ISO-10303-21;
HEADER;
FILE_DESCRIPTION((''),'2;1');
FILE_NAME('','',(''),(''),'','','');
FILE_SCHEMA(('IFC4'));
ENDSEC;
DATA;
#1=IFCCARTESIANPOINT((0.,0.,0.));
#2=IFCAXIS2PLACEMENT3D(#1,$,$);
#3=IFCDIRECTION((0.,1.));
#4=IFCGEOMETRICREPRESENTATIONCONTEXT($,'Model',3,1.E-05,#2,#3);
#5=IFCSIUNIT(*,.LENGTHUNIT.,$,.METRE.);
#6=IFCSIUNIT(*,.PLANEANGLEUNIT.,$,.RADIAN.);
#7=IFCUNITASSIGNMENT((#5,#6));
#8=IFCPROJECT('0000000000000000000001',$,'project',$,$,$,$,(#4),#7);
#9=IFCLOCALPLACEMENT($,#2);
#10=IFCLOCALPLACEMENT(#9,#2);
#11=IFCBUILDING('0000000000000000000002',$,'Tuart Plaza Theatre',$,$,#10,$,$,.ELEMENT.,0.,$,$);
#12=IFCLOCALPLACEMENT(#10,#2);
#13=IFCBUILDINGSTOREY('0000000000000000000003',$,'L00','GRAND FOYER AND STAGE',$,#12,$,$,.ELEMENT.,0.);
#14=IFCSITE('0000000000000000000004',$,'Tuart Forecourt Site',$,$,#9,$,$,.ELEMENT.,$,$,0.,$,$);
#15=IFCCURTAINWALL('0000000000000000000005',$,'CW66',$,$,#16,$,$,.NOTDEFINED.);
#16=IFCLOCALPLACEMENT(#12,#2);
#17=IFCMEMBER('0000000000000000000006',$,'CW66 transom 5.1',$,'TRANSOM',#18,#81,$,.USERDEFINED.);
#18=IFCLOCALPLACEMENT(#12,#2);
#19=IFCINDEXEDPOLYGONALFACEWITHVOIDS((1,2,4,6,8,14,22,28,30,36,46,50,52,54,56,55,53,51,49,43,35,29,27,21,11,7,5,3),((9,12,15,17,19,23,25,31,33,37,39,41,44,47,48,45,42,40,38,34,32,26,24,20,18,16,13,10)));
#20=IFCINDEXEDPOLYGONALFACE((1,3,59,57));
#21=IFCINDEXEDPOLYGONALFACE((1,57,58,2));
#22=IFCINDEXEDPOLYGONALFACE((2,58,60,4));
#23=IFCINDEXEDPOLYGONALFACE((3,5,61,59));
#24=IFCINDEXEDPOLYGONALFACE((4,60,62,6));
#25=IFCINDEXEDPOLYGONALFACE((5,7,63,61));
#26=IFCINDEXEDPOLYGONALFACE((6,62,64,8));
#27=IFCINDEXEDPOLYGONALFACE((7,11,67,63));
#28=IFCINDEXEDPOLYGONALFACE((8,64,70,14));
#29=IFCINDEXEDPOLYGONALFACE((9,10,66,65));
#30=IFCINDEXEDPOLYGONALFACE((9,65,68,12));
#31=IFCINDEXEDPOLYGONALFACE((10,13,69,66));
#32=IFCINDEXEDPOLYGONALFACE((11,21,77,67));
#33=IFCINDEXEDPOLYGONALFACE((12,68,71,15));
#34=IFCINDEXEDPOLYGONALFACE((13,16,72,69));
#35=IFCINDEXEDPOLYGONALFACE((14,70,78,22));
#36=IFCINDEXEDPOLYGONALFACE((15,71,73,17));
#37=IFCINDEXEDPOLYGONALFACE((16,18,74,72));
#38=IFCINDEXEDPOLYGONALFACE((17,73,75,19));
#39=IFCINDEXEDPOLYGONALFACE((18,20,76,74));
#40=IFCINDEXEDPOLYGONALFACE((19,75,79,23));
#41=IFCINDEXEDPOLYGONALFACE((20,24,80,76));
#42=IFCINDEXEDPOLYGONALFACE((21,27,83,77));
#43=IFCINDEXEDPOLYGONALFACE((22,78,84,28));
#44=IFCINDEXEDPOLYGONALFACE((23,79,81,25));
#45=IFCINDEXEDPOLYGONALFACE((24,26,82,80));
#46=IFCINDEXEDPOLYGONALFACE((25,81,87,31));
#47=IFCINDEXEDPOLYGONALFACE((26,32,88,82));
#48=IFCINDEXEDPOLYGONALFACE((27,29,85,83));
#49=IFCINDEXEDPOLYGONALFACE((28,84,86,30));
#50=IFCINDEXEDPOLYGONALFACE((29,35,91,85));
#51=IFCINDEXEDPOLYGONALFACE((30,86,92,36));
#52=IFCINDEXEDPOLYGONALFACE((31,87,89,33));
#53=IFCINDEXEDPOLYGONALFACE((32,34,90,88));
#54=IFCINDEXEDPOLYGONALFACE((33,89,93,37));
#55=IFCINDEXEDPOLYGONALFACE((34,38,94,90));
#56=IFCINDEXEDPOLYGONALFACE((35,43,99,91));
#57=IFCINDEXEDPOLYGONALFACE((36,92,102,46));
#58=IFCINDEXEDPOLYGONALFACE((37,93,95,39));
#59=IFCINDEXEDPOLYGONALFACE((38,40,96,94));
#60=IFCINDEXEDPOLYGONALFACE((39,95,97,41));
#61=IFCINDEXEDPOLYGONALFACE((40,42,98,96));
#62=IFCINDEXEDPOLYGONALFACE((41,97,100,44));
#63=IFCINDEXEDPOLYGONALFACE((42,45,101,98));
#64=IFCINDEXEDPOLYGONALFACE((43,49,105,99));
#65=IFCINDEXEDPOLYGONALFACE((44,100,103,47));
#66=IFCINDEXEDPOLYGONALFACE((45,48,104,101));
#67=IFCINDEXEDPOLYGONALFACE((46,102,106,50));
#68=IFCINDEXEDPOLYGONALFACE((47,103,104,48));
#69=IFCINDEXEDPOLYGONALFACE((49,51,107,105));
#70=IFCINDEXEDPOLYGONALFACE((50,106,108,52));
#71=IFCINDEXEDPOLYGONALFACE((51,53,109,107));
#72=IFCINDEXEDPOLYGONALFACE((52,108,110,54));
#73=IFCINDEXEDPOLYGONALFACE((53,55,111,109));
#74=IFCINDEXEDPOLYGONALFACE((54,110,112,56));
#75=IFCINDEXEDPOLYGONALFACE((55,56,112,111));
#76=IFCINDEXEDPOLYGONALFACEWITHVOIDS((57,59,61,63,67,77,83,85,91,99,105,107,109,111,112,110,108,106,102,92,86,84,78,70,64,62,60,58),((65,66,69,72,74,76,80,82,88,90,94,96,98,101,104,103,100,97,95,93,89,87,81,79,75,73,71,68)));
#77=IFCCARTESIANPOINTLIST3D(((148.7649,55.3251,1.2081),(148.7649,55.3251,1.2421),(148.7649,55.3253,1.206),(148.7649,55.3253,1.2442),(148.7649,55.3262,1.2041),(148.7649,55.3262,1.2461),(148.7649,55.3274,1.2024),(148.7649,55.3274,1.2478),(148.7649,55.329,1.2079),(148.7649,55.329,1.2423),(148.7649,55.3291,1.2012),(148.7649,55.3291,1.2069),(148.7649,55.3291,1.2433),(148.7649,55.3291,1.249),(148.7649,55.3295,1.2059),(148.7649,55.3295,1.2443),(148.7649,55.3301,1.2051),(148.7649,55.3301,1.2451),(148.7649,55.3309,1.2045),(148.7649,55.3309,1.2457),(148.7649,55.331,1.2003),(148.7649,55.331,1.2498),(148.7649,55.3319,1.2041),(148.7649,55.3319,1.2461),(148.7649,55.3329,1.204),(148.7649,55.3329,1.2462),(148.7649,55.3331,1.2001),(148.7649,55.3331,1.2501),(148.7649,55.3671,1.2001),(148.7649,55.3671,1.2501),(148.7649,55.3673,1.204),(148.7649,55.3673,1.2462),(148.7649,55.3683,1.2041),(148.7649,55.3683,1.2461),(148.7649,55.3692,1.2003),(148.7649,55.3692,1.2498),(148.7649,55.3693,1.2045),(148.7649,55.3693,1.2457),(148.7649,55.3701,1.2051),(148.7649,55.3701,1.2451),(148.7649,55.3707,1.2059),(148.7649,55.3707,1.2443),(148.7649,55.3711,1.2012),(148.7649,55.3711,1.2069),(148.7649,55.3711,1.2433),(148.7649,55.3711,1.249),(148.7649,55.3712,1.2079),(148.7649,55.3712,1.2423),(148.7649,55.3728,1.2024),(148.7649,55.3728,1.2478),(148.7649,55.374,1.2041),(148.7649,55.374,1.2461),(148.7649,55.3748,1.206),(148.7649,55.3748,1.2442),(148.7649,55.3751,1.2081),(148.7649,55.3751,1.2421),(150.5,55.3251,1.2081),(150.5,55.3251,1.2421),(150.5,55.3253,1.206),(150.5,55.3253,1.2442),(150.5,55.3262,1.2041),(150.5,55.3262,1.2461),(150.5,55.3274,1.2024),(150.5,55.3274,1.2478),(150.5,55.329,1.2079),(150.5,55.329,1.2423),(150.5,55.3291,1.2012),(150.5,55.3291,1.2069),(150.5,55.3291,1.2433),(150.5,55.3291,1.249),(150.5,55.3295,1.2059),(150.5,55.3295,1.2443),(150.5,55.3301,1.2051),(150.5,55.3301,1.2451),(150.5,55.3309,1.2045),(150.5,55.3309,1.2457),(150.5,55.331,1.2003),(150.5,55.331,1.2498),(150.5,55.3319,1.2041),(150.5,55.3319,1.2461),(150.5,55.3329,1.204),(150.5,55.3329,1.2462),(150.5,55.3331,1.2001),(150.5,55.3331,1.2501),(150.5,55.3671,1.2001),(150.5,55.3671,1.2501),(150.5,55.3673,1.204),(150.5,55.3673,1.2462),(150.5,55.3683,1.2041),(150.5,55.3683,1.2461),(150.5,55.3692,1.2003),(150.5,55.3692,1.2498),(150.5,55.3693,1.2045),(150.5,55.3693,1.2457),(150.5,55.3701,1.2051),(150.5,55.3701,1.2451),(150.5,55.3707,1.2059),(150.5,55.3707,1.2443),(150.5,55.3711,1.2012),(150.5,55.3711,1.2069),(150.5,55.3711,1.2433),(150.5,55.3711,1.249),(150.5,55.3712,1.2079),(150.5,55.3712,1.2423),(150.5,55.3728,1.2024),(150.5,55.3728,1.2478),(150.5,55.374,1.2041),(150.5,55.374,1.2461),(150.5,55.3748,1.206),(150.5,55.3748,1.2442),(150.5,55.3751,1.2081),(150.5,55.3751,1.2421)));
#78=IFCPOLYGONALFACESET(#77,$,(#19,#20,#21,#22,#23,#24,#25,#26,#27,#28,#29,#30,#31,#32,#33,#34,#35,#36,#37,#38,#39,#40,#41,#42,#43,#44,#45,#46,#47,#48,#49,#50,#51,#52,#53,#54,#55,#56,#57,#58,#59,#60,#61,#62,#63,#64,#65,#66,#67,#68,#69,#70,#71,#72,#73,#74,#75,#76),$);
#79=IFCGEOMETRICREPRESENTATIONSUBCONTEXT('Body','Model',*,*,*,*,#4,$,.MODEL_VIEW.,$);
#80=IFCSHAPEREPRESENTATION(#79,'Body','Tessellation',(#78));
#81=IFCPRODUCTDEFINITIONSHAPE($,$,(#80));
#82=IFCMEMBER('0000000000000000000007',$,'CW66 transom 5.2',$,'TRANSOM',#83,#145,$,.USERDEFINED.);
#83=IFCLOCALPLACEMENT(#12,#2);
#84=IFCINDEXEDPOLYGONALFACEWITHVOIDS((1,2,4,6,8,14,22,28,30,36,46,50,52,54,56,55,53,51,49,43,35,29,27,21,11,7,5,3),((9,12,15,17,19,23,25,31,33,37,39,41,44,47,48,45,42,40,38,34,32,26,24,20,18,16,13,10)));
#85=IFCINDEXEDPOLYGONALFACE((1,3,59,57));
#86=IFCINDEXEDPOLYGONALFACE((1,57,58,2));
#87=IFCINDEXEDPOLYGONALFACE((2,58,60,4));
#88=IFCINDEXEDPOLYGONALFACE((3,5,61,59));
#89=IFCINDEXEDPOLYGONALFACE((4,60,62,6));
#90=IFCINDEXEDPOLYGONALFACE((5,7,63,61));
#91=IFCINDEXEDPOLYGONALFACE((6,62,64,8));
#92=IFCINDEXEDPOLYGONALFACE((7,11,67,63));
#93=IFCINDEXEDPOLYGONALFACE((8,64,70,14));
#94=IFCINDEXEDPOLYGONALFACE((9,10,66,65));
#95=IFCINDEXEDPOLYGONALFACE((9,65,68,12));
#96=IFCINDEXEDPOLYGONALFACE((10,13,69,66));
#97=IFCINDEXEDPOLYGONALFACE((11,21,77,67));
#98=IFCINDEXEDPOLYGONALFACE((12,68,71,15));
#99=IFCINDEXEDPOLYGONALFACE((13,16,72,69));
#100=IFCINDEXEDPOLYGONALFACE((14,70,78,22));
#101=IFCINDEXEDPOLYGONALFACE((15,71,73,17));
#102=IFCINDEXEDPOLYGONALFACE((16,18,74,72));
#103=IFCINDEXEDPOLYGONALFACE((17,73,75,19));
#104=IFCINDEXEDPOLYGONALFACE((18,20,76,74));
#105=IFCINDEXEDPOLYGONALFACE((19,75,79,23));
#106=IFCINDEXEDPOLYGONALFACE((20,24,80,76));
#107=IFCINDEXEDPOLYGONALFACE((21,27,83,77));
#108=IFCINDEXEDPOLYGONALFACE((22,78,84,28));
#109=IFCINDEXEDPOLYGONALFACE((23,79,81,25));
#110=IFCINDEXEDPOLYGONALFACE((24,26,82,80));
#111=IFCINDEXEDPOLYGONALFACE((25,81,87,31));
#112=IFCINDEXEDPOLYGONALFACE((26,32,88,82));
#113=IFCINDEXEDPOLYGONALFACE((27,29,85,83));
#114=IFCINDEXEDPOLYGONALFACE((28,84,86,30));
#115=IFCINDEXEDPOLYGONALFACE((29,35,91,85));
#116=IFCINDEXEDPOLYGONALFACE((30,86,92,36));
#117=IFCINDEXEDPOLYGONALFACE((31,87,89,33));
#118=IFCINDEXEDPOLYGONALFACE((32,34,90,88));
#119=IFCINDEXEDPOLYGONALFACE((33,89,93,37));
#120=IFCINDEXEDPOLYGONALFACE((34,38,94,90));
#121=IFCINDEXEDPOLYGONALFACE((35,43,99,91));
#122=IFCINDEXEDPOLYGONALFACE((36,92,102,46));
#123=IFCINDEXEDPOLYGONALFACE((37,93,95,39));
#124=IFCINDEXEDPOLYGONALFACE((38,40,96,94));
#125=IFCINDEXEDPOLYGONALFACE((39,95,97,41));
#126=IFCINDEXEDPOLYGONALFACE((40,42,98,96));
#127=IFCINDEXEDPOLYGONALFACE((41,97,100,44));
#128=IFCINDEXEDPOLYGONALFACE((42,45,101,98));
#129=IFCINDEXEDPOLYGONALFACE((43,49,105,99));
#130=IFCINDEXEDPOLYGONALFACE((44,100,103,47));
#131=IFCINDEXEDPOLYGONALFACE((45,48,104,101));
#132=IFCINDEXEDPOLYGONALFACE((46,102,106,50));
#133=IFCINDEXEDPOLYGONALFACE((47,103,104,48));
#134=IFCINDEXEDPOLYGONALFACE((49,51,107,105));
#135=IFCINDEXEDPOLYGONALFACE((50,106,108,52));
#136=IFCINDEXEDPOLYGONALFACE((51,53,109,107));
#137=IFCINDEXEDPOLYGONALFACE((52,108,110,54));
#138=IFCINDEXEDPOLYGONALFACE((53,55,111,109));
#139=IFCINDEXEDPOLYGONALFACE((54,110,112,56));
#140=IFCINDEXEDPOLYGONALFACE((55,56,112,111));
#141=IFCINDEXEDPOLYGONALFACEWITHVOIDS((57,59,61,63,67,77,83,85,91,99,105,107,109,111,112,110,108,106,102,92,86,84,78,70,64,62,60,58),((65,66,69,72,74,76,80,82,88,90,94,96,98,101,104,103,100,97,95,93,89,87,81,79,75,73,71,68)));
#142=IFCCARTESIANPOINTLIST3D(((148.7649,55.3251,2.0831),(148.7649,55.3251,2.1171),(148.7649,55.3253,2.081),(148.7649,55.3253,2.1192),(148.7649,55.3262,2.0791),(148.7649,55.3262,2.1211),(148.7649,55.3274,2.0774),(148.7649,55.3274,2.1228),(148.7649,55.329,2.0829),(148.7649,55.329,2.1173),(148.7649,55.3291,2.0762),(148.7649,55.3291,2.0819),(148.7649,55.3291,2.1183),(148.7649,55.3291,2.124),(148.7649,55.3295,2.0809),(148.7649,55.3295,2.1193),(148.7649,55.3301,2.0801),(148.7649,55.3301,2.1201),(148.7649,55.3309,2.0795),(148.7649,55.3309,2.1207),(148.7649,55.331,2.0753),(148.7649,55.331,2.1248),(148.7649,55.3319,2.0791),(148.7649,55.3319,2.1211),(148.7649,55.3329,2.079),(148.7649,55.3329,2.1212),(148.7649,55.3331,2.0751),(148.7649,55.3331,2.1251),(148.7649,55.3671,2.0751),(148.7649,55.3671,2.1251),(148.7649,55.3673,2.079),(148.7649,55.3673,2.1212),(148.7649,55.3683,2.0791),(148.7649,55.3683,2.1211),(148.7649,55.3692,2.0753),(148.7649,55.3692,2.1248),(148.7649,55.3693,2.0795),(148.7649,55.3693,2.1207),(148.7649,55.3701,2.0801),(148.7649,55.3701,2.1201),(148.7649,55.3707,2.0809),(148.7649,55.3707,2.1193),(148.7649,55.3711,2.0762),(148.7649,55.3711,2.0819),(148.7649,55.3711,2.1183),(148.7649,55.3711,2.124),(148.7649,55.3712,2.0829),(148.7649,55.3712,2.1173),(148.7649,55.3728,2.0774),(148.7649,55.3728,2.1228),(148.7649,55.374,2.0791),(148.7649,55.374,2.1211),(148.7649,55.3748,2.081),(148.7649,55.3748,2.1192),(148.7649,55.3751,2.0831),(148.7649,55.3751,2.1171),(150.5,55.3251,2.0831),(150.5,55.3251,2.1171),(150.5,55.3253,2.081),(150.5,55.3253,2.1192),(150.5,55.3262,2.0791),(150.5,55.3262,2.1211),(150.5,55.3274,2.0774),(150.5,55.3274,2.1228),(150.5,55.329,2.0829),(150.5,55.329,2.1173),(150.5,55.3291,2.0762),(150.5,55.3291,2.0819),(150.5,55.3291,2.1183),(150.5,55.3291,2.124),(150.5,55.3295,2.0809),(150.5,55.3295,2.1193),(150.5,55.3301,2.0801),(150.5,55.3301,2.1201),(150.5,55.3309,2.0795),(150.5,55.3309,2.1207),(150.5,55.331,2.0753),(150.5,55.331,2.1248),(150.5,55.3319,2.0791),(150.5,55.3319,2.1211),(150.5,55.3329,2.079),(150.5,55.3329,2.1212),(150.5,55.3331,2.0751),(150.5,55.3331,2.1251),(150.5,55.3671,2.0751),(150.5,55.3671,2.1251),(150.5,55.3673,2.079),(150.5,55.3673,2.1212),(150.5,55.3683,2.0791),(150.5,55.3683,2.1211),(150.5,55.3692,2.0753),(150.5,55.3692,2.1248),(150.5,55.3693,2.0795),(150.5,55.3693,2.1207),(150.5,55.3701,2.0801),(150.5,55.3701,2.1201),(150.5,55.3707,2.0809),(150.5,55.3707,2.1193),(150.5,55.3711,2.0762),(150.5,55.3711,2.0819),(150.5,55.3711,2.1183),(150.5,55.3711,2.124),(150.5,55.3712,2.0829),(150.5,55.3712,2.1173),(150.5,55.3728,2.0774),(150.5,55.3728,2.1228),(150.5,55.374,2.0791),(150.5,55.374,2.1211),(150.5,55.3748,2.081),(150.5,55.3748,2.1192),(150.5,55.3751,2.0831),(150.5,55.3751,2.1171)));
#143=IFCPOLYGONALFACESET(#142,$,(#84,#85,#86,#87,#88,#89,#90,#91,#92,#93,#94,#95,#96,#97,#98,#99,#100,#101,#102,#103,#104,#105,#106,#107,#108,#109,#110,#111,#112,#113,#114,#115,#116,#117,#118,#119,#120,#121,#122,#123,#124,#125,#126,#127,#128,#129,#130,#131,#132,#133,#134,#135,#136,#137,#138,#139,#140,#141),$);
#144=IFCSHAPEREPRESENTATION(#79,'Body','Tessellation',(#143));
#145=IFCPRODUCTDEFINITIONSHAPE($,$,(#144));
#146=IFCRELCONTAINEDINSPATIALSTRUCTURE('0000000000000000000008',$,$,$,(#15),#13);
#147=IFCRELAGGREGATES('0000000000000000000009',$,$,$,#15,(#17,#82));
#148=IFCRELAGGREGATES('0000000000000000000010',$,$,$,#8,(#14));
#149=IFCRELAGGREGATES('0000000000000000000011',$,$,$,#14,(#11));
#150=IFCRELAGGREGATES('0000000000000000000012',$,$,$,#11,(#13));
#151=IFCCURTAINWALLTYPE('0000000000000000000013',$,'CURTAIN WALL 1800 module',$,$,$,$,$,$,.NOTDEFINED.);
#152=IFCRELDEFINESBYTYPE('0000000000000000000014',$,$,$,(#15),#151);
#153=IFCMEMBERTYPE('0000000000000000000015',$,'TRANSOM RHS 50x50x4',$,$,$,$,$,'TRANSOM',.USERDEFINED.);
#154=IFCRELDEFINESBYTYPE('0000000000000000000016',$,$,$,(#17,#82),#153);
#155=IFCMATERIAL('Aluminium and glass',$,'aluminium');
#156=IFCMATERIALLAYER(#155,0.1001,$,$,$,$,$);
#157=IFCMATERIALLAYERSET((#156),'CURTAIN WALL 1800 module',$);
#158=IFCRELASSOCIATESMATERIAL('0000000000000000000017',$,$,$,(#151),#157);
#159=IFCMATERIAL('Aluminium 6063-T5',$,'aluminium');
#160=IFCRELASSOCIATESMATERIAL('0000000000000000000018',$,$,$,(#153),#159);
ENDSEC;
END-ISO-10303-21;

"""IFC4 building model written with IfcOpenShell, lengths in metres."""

from ifc_helpers import new_model, si_unit, direction, frame, origin, origin_2d, place, context, subcontext, project, spatial, hollow_rectangle, extrude, material, layer, layer_set, material_profile, profile_set, type_object, element, aggregate, save


model = new_model("IFC4")

# Units and contexts
model_context = context("Model", 3, precision=1e-05, world=origin(), true_north=direction((0.0, 1.0)))
body_context = subcontext(model_context, "Body", "Model", "MODEL_VIEW")
ifc_project = project(units=[si_unit("LENGTHUNIT", "METRE"), si_unit("PLANEANGLEUNIT", "RADIAN")], contexts=[model_context])

# Site, building, storey
site_placement = place(None, origin())
site = spatial("IfcSite", under=ifc_project, at=site_placement, Name="Tuart Forecourt Site", CompositionType="ELEMENT", RefElevation=0.0)
building_placement = place(site_placement, origin())
building = spatial("IfcBuilding", under=site, at=building_placement, Name="Tuart Plaza Theatre", CompositionType="ELEMENT", ElevationOfRefHeight=0.0)
storey_placement = place(building_placement, origin())
storey = spatial("IfcBuildingStorey", under=building, at=storey_placement, Name="L00", Description="GRAND FOYER AND STAGE", CompositionType="ELEMENT", Elevation=0.0)

# Curtain wall, members
ifc_material_1 = material(Name="Aluminium and glass", Category="aluminium")
ifc_layer_1 = layer(ifc_material_1, 0.1001)
ifc_layer_set_1 = layer_set([ifc_layer_1], Name="CURTAIN WALL 1800 module")
curtain_wall_type = type_object("IfcCurtainWallType", Name="CURTAIN WALL 1800 module", PredefinedType="NOTDEFINED", material=ifc_layer_set_1)
curtain_wall_placement = place(storey_placement, origin())
curtain_wall = element("IfcCurtainWall", 1, at=curtain_wall_placement, inside=storey, type_object=curtain_wall_type, Name="CW66", PredefinedType="NOTDEFINED")
ifc_material_2 = material(Name="Aluminium 6063-T5", Category="aluminium")
ifc_material_profile_1 = material_profile(ifc_material_2, hollow_rectangle(XDim=0.05, YDim=0.05, WallThickness=0.0039, InnerFilletRadius=0.0039, OuterFilletRadius=0.0081, at=origin_2d()), Name="RHS 50x50x4")
ifc_profile_set_1 = profile_set([ifc_material_profile_1], Name="Aluminium 6063-T5")
member_type_1 = type_object("IfcMemberType", Name="TRANSOM RHS 50x50x4", ElementType="TRANSOM", PredefinedType="USERDEFINED", material=ifc_profile_set_1)
member_1_placement = place(storey_placement, frame((148.7649, 55.3501, 1.2251), z_axis=(1.0, 0.0, 0.0), x_axis=(0.0, 1.0, 0.0)))
member_1 = element("IfcMember", 2, at=member_1_placement, type_object=member_type_1, Name="CW66 transom 5.1", ObjectType="TRANSOM", PredefinedType="USERDEFINED", context=body_context, shape_type="SweptSolid", body=[
    extrude(hollow_rectangle(XDim=0.05, YDim=0.05, WallThickness=0.0039, InnerFilletRadius=0.0039, OuterFilletRadius=0.0081, at=origin_2d()), origin(), (0.0, 0.0, 1.0), 1.7351),
])
member_2_placement = place(storey_placement, frame((148.7649, 55.3501, 2.1001), z_axis=(1.0, 0.0, 0.0), x_axis=(0.0, 1.0, 0.0)))
member_2 = element("IfcMember", 3, at=member_2_placement, type_object=member_type_1, Name="CW66 transom 5.2", ObjectType="TRANSOM", PredefinedType="USERDEFINED", context=body_context, shape_type="SweptSolid", body=[
    extrude(hollow_rectangle(XDim=0.05, YDim=0.05, WallThickness=0.0039, InnerFilletRadius=0.0039, OuterFilletRadius=0.0081, at=origin_2d()), origin(), (0.0, 0.0, 1.0), 1.7351),
])
aggregate(curtain_wall, [member_1, member_2])

save(model, "model.ifc")
